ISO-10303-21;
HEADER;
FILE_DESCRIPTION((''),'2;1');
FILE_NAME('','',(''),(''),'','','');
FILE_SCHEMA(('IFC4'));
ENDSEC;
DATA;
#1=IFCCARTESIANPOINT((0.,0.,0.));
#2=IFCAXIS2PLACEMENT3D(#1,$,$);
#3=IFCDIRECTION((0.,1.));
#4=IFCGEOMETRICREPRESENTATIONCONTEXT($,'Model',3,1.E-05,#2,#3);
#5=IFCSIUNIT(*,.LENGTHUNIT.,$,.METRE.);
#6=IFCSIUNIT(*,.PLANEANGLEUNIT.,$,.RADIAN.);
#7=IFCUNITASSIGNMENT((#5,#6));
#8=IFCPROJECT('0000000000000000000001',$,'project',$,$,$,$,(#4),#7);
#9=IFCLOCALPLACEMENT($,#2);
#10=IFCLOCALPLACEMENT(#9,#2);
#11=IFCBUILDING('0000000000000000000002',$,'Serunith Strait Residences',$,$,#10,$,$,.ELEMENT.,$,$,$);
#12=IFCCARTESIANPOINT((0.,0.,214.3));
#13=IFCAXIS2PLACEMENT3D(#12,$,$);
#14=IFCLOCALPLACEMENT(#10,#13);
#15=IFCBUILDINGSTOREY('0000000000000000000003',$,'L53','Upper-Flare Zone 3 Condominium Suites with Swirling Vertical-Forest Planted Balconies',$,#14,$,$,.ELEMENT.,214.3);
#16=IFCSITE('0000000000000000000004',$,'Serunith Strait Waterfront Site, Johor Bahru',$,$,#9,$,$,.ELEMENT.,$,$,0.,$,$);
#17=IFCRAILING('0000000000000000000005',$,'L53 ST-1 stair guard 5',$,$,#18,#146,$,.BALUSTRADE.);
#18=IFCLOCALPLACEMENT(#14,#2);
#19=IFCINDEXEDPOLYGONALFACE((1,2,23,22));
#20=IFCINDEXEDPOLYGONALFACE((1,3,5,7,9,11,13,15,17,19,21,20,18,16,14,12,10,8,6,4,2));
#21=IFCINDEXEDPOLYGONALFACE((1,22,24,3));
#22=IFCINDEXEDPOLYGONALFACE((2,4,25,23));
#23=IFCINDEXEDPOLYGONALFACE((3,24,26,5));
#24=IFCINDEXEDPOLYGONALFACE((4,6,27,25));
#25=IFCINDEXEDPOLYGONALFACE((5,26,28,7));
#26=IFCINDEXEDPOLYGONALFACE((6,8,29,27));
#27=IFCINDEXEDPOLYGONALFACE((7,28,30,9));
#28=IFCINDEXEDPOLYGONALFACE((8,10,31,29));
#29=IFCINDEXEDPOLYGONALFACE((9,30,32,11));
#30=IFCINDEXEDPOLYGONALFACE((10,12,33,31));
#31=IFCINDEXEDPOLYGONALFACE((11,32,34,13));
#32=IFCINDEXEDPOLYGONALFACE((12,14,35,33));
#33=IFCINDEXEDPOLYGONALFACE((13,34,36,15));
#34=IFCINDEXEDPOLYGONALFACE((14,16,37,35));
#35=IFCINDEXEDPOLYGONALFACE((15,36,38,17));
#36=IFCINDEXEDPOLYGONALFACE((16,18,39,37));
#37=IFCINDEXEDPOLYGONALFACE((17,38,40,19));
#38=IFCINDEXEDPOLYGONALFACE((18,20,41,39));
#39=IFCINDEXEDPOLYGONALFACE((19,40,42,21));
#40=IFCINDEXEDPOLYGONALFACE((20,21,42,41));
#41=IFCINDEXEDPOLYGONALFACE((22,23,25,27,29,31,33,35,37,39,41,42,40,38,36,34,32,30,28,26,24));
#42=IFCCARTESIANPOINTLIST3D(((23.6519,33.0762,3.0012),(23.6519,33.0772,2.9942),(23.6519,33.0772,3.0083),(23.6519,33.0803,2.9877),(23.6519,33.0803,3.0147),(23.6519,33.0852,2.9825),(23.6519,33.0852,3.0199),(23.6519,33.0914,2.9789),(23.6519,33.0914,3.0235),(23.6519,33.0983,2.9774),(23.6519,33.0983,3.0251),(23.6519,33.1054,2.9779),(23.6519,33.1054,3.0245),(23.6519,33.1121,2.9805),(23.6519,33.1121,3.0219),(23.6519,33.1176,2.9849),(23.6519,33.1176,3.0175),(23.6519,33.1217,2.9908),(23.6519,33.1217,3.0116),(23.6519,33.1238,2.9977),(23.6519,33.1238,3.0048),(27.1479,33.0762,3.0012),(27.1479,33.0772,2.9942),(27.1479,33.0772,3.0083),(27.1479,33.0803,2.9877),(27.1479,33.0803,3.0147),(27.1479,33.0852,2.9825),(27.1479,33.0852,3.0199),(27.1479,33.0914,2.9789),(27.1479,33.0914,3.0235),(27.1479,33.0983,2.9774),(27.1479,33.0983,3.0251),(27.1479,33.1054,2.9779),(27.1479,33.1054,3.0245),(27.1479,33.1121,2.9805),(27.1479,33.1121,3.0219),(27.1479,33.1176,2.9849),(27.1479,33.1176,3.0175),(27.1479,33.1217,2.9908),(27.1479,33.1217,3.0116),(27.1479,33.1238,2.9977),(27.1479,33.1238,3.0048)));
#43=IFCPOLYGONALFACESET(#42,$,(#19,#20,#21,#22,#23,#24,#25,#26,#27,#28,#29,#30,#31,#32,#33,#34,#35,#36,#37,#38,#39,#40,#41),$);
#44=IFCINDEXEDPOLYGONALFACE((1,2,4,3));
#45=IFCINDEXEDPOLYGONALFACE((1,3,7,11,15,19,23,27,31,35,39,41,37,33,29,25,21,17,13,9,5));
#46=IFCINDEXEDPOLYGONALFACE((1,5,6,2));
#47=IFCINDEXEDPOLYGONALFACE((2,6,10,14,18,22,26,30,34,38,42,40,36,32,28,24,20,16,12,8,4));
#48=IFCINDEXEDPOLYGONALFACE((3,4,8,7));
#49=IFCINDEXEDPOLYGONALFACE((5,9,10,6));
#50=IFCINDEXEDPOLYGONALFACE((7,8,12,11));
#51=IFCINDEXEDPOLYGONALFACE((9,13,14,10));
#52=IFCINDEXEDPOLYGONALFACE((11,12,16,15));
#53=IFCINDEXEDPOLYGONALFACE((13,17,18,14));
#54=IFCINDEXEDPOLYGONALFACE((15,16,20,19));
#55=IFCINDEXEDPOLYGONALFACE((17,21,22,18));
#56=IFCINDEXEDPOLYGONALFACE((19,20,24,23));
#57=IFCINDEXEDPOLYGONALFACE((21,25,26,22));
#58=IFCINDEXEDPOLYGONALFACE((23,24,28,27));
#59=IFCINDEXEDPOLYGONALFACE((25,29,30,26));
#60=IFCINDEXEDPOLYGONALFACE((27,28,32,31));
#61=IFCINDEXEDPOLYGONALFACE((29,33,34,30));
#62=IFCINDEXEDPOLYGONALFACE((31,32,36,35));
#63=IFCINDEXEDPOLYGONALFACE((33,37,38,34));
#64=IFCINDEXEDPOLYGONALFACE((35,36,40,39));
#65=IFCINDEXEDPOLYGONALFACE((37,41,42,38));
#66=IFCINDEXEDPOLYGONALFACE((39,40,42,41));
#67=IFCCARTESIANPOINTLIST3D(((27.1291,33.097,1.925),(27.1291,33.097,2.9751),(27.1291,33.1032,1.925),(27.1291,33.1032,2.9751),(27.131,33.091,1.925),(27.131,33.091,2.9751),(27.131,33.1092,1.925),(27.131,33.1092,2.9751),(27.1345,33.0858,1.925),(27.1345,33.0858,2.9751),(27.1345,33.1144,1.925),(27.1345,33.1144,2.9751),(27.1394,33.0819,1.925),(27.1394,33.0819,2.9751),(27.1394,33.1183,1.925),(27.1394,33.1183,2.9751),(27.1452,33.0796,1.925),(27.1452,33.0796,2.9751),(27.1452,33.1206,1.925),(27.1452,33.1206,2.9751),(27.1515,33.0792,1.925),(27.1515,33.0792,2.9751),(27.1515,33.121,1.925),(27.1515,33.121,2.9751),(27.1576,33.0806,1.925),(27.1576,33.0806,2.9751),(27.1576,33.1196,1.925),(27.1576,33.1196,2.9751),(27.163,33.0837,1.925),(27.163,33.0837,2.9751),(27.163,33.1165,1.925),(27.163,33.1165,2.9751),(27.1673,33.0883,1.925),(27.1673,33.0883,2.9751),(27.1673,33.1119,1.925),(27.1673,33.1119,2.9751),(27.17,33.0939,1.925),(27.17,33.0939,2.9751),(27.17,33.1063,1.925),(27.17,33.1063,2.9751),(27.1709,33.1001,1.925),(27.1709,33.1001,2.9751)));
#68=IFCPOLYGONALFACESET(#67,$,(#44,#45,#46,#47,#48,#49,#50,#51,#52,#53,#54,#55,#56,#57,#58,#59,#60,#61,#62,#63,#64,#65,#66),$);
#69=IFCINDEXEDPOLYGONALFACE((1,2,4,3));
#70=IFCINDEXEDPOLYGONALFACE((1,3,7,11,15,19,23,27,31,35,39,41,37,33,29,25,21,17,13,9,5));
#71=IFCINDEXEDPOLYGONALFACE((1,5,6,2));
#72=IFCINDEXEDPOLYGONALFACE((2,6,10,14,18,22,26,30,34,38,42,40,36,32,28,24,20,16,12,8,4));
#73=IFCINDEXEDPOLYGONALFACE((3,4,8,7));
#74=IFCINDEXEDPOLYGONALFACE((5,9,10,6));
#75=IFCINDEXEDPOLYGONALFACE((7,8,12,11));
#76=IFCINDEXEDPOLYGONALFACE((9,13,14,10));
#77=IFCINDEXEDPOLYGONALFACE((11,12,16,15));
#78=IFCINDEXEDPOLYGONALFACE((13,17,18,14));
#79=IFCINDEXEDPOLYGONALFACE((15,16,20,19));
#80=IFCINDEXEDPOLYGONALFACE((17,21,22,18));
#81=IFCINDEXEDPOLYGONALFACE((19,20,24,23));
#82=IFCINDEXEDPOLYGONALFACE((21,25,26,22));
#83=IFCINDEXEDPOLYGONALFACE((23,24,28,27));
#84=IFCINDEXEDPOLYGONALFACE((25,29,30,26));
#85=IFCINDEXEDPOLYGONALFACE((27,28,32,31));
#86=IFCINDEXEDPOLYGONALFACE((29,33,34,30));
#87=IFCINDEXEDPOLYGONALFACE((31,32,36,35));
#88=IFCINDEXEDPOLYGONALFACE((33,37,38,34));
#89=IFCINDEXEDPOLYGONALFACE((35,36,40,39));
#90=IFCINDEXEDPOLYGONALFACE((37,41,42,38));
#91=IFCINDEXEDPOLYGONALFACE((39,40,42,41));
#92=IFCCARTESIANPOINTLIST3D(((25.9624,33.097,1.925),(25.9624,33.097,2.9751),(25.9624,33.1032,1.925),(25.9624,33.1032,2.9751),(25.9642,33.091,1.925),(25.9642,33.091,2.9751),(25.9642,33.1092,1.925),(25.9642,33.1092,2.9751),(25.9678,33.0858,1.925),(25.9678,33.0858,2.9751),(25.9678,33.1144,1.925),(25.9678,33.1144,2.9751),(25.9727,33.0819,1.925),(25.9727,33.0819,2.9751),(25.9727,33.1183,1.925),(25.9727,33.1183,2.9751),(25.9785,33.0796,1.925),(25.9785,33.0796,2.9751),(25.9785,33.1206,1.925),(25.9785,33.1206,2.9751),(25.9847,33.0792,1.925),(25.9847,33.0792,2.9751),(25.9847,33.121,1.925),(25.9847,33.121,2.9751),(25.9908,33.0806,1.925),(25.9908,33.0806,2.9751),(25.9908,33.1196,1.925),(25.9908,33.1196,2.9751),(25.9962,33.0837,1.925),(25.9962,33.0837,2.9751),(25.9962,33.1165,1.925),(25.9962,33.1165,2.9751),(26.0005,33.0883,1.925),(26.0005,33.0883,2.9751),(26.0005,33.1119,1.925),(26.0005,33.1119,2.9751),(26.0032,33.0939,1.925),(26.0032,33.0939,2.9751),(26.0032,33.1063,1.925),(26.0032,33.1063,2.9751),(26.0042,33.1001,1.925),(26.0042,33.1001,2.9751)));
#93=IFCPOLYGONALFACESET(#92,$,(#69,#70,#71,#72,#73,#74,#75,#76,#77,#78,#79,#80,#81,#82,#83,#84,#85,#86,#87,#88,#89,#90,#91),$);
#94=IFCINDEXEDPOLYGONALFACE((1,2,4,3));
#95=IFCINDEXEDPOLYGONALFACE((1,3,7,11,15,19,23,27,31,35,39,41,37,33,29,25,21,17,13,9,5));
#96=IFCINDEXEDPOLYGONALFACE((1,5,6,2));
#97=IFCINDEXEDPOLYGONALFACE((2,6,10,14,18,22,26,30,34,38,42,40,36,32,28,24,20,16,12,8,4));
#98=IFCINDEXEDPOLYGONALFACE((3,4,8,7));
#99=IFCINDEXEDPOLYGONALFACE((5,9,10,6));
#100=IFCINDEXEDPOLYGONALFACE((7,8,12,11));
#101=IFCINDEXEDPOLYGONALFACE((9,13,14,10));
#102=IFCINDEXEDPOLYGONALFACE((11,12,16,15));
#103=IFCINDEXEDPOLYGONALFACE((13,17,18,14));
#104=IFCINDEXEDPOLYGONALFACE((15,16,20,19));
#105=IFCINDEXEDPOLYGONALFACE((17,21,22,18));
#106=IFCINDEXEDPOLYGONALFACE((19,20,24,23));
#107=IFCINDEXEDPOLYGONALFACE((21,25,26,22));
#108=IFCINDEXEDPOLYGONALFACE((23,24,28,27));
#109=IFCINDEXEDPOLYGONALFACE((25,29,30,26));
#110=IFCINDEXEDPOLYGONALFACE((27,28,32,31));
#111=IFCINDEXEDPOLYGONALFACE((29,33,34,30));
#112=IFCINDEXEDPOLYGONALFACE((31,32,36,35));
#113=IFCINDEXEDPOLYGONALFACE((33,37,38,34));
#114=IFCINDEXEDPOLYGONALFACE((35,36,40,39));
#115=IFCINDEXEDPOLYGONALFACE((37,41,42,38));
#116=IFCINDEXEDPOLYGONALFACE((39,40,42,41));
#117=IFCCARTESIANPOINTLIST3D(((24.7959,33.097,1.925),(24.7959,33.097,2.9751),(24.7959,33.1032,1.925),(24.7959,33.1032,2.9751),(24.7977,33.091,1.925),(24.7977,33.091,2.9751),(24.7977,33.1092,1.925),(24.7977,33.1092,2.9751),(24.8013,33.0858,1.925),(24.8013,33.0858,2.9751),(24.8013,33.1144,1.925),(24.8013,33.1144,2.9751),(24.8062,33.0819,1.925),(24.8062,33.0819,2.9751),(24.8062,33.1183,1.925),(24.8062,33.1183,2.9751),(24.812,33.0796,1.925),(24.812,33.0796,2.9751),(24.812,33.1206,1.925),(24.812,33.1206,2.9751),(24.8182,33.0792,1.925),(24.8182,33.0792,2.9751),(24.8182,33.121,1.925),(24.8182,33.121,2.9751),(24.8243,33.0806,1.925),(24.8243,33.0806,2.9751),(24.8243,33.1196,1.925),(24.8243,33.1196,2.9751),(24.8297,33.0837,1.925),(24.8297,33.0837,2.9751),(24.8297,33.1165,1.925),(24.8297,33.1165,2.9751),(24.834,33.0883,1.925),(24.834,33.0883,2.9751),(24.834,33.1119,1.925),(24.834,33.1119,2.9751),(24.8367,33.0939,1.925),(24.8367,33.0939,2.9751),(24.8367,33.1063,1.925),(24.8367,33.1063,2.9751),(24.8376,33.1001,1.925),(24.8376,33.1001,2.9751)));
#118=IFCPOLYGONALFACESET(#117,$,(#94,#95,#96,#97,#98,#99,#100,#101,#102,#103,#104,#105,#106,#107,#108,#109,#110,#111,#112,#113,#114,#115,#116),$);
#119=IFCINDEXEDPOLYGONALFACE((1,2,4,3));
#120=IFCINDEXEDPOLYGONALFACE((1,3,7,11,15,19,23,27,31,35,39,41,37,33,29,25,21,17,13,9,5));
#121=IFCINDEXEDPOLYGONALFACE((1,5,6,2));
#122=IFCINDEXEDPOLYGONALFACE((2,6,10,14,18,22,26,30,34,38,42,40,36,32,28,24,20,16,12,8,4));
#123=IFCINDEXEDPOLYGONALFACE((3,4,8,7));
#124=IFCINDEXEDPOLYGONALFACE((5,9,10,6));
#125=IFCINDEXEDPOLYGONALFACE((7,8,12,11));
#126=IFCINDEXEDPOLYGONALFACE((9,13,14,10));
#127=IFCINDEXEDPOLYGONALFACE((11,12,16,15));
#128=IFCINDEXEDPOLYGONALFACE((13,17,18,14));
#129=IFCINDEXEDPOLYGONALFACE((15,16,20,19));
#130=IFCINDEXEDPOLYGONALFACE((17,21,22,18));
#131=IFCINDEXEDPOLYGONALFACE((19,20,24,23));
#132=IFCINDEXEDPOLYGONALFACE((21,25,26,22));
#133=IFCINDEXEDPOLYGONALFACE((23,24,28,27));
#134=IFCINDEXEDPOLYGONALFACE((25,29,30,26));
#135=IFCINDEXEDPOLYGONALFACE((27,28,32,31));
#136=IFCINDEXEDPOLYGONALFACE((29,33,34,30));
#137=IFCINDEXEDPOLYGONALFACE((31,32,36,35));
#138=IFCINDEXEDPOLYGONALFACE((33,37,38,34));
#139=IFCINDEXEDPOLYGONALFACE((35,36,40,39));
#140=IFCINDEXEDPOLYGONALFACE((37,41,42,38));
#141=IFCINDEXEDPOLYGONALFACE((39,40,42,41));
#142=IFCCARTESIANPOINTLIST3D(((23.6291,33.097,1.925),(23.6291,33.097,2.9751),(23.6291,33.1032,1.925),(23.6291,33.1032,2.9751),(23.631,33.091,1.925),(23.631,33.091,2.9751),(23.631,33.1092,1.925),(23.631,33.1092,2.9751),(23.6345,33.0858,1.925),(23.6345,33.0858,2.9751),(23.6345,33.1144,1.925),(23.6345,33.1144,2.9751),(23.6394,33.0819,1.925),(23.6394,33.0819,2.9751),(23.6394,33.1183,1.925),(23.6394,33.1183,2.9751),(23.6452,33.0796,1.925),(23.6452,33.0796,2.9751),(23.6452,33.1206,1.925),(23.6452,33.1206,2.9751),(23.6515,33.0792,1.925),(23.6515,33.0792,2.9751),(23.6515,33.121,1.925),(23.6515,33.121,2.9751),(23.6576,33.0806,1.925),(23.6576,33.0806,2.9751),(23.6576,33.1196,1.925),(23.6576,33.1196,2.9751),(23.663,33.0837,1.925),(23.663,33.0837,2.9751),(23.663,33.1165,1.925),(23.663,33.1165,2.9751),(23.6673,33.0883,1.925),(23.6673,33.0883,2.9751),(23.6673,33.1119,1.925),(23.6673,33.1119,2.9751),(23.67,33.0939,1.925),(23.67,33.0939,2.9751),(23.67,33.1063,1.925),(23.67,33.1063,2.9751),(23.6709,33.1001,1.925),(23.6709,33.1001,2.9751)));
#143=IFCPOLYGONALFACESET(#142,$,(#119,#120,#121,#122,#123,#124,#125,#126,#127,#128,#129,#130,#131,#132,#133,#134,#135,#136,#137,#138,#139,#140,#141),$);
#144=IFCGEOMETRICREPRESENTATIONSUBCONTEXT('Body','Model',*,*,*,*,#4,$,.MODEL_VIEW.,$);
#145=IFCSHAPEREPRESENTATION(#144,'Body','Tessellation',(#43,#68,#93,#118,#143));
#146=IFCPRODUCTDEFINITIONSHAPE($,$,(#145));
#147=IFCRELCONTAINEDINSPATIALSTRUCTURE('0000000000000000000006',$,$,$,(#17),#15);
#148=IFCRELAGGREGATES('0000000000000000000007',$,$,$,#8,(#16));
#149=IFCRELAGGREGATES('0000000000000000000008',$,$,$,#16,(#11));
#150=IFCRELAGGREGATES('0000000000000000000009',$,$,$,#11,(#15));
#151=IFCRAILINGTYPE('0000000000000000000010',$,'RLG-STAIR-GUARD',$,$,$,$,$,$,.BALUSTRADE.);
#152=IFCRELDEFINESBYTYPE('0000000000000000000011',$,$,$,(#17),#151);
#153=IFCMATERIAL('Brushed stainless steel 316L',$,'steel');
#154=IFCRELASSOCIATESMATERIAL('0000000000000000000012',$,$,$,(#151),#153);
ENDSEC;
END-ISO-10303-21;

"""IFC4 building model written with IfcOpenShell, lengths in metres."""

from ifc_helpers import new_model, si_unit, direction, frame, origin, origin_2d, place, context, subcontext, project, spatial, circle, extrude, material, type_object, element, save


model = new_model("IFC4")

# Units and contexts
model_context = context("Model", 3, precision=1e-05, world=origin(), true_north=direction((0.0, 1.0)))
body_context = subcontext(model_context, "Body", "Model", "MODEL_VIEW")
ifc_project = project(units=[si_unit("LENGTHUNIT", "METRE"), si_unit("PLANEANGLEUNIT", "RADIAN")], contexts=[model_context])

# Site, building, storey
site_placement = place(None, origin())
site = spatial("IfcSite", under=ifc_project, at=site_placement, Name="Serunith Strait Waterfront Site, Johor Bahru", CompositionType="ELEMENT", RefElevation=0.0)
building_placement = place(site_placement, origin())
building = spatial("IfcBuilding", under=site, at=building_placement, Name="Serunith Strait Residences", CompositionType="ELEMENT")
storey_placement = place(building_placement, frame((0.0, 0.0, 214.3)))
storey = spatial("IfcBuildingStorey", under=building, at=storey_placement, Name="L53", Description="Upper-Flare Zone 3 Condominium Suites with Swirling Vertical-Forest Planted Balconies", CompositionType="ELEMENT", Elevation=214.3)

# Railing
ifc_material_1 = material(Name="Brushed stainless steel 316L", Category="steel")
railing_type_1 = type_object("IfcRailingType", Name="RLG-STAIR-GUARD", PredefinedType="BALUSTRADE", material=ifc_material_1)
railing_1_placement = place(storey_placement, frame((27.1499, 33.1001, 1.925)))
element("IfcRailing", 1, at=railing_1_placement, inside=storey, type_object=railing_type_1, Name="L53 ST-1 stair guard 5", PredefinedType="BALUSTRADE", context=body_context, shape_type="SweptSolid", body=[
    extrude(circle(Radius=0.0239, at=origin_2d()), frame((-0.002, 0.0, 1.0762), z_axis=(-1.0, 0.0, 0.0), x_axis=(0.0, -1.0, 0.0)), (0.0, 0.0, 1.0), 3.4961),
    extrude(circle(Radius=0.021, at=origin_2d()), origin(), (0.0, 0.0, 1.0), 1.05),
    extrude(circle(Radius=0.021, at=origin_2d()), frame((-1.1667, 0.0, 0.0)), (0.0, 0.0, 1.0), 1.05),
    extrude(circle(Radius=0.021, at=origin_2d()), frame((-2.3333, 0.0, 0.0)), (0.0, 0.0, 1.0), 1.05),
    extrude(circle(Radius=0.021, at=origin_2d()), frame((-3.5, 0.0, 0.0)), (0.0, 0.0, 1.0), 1.05),
])

save(model, "model.ifc")
